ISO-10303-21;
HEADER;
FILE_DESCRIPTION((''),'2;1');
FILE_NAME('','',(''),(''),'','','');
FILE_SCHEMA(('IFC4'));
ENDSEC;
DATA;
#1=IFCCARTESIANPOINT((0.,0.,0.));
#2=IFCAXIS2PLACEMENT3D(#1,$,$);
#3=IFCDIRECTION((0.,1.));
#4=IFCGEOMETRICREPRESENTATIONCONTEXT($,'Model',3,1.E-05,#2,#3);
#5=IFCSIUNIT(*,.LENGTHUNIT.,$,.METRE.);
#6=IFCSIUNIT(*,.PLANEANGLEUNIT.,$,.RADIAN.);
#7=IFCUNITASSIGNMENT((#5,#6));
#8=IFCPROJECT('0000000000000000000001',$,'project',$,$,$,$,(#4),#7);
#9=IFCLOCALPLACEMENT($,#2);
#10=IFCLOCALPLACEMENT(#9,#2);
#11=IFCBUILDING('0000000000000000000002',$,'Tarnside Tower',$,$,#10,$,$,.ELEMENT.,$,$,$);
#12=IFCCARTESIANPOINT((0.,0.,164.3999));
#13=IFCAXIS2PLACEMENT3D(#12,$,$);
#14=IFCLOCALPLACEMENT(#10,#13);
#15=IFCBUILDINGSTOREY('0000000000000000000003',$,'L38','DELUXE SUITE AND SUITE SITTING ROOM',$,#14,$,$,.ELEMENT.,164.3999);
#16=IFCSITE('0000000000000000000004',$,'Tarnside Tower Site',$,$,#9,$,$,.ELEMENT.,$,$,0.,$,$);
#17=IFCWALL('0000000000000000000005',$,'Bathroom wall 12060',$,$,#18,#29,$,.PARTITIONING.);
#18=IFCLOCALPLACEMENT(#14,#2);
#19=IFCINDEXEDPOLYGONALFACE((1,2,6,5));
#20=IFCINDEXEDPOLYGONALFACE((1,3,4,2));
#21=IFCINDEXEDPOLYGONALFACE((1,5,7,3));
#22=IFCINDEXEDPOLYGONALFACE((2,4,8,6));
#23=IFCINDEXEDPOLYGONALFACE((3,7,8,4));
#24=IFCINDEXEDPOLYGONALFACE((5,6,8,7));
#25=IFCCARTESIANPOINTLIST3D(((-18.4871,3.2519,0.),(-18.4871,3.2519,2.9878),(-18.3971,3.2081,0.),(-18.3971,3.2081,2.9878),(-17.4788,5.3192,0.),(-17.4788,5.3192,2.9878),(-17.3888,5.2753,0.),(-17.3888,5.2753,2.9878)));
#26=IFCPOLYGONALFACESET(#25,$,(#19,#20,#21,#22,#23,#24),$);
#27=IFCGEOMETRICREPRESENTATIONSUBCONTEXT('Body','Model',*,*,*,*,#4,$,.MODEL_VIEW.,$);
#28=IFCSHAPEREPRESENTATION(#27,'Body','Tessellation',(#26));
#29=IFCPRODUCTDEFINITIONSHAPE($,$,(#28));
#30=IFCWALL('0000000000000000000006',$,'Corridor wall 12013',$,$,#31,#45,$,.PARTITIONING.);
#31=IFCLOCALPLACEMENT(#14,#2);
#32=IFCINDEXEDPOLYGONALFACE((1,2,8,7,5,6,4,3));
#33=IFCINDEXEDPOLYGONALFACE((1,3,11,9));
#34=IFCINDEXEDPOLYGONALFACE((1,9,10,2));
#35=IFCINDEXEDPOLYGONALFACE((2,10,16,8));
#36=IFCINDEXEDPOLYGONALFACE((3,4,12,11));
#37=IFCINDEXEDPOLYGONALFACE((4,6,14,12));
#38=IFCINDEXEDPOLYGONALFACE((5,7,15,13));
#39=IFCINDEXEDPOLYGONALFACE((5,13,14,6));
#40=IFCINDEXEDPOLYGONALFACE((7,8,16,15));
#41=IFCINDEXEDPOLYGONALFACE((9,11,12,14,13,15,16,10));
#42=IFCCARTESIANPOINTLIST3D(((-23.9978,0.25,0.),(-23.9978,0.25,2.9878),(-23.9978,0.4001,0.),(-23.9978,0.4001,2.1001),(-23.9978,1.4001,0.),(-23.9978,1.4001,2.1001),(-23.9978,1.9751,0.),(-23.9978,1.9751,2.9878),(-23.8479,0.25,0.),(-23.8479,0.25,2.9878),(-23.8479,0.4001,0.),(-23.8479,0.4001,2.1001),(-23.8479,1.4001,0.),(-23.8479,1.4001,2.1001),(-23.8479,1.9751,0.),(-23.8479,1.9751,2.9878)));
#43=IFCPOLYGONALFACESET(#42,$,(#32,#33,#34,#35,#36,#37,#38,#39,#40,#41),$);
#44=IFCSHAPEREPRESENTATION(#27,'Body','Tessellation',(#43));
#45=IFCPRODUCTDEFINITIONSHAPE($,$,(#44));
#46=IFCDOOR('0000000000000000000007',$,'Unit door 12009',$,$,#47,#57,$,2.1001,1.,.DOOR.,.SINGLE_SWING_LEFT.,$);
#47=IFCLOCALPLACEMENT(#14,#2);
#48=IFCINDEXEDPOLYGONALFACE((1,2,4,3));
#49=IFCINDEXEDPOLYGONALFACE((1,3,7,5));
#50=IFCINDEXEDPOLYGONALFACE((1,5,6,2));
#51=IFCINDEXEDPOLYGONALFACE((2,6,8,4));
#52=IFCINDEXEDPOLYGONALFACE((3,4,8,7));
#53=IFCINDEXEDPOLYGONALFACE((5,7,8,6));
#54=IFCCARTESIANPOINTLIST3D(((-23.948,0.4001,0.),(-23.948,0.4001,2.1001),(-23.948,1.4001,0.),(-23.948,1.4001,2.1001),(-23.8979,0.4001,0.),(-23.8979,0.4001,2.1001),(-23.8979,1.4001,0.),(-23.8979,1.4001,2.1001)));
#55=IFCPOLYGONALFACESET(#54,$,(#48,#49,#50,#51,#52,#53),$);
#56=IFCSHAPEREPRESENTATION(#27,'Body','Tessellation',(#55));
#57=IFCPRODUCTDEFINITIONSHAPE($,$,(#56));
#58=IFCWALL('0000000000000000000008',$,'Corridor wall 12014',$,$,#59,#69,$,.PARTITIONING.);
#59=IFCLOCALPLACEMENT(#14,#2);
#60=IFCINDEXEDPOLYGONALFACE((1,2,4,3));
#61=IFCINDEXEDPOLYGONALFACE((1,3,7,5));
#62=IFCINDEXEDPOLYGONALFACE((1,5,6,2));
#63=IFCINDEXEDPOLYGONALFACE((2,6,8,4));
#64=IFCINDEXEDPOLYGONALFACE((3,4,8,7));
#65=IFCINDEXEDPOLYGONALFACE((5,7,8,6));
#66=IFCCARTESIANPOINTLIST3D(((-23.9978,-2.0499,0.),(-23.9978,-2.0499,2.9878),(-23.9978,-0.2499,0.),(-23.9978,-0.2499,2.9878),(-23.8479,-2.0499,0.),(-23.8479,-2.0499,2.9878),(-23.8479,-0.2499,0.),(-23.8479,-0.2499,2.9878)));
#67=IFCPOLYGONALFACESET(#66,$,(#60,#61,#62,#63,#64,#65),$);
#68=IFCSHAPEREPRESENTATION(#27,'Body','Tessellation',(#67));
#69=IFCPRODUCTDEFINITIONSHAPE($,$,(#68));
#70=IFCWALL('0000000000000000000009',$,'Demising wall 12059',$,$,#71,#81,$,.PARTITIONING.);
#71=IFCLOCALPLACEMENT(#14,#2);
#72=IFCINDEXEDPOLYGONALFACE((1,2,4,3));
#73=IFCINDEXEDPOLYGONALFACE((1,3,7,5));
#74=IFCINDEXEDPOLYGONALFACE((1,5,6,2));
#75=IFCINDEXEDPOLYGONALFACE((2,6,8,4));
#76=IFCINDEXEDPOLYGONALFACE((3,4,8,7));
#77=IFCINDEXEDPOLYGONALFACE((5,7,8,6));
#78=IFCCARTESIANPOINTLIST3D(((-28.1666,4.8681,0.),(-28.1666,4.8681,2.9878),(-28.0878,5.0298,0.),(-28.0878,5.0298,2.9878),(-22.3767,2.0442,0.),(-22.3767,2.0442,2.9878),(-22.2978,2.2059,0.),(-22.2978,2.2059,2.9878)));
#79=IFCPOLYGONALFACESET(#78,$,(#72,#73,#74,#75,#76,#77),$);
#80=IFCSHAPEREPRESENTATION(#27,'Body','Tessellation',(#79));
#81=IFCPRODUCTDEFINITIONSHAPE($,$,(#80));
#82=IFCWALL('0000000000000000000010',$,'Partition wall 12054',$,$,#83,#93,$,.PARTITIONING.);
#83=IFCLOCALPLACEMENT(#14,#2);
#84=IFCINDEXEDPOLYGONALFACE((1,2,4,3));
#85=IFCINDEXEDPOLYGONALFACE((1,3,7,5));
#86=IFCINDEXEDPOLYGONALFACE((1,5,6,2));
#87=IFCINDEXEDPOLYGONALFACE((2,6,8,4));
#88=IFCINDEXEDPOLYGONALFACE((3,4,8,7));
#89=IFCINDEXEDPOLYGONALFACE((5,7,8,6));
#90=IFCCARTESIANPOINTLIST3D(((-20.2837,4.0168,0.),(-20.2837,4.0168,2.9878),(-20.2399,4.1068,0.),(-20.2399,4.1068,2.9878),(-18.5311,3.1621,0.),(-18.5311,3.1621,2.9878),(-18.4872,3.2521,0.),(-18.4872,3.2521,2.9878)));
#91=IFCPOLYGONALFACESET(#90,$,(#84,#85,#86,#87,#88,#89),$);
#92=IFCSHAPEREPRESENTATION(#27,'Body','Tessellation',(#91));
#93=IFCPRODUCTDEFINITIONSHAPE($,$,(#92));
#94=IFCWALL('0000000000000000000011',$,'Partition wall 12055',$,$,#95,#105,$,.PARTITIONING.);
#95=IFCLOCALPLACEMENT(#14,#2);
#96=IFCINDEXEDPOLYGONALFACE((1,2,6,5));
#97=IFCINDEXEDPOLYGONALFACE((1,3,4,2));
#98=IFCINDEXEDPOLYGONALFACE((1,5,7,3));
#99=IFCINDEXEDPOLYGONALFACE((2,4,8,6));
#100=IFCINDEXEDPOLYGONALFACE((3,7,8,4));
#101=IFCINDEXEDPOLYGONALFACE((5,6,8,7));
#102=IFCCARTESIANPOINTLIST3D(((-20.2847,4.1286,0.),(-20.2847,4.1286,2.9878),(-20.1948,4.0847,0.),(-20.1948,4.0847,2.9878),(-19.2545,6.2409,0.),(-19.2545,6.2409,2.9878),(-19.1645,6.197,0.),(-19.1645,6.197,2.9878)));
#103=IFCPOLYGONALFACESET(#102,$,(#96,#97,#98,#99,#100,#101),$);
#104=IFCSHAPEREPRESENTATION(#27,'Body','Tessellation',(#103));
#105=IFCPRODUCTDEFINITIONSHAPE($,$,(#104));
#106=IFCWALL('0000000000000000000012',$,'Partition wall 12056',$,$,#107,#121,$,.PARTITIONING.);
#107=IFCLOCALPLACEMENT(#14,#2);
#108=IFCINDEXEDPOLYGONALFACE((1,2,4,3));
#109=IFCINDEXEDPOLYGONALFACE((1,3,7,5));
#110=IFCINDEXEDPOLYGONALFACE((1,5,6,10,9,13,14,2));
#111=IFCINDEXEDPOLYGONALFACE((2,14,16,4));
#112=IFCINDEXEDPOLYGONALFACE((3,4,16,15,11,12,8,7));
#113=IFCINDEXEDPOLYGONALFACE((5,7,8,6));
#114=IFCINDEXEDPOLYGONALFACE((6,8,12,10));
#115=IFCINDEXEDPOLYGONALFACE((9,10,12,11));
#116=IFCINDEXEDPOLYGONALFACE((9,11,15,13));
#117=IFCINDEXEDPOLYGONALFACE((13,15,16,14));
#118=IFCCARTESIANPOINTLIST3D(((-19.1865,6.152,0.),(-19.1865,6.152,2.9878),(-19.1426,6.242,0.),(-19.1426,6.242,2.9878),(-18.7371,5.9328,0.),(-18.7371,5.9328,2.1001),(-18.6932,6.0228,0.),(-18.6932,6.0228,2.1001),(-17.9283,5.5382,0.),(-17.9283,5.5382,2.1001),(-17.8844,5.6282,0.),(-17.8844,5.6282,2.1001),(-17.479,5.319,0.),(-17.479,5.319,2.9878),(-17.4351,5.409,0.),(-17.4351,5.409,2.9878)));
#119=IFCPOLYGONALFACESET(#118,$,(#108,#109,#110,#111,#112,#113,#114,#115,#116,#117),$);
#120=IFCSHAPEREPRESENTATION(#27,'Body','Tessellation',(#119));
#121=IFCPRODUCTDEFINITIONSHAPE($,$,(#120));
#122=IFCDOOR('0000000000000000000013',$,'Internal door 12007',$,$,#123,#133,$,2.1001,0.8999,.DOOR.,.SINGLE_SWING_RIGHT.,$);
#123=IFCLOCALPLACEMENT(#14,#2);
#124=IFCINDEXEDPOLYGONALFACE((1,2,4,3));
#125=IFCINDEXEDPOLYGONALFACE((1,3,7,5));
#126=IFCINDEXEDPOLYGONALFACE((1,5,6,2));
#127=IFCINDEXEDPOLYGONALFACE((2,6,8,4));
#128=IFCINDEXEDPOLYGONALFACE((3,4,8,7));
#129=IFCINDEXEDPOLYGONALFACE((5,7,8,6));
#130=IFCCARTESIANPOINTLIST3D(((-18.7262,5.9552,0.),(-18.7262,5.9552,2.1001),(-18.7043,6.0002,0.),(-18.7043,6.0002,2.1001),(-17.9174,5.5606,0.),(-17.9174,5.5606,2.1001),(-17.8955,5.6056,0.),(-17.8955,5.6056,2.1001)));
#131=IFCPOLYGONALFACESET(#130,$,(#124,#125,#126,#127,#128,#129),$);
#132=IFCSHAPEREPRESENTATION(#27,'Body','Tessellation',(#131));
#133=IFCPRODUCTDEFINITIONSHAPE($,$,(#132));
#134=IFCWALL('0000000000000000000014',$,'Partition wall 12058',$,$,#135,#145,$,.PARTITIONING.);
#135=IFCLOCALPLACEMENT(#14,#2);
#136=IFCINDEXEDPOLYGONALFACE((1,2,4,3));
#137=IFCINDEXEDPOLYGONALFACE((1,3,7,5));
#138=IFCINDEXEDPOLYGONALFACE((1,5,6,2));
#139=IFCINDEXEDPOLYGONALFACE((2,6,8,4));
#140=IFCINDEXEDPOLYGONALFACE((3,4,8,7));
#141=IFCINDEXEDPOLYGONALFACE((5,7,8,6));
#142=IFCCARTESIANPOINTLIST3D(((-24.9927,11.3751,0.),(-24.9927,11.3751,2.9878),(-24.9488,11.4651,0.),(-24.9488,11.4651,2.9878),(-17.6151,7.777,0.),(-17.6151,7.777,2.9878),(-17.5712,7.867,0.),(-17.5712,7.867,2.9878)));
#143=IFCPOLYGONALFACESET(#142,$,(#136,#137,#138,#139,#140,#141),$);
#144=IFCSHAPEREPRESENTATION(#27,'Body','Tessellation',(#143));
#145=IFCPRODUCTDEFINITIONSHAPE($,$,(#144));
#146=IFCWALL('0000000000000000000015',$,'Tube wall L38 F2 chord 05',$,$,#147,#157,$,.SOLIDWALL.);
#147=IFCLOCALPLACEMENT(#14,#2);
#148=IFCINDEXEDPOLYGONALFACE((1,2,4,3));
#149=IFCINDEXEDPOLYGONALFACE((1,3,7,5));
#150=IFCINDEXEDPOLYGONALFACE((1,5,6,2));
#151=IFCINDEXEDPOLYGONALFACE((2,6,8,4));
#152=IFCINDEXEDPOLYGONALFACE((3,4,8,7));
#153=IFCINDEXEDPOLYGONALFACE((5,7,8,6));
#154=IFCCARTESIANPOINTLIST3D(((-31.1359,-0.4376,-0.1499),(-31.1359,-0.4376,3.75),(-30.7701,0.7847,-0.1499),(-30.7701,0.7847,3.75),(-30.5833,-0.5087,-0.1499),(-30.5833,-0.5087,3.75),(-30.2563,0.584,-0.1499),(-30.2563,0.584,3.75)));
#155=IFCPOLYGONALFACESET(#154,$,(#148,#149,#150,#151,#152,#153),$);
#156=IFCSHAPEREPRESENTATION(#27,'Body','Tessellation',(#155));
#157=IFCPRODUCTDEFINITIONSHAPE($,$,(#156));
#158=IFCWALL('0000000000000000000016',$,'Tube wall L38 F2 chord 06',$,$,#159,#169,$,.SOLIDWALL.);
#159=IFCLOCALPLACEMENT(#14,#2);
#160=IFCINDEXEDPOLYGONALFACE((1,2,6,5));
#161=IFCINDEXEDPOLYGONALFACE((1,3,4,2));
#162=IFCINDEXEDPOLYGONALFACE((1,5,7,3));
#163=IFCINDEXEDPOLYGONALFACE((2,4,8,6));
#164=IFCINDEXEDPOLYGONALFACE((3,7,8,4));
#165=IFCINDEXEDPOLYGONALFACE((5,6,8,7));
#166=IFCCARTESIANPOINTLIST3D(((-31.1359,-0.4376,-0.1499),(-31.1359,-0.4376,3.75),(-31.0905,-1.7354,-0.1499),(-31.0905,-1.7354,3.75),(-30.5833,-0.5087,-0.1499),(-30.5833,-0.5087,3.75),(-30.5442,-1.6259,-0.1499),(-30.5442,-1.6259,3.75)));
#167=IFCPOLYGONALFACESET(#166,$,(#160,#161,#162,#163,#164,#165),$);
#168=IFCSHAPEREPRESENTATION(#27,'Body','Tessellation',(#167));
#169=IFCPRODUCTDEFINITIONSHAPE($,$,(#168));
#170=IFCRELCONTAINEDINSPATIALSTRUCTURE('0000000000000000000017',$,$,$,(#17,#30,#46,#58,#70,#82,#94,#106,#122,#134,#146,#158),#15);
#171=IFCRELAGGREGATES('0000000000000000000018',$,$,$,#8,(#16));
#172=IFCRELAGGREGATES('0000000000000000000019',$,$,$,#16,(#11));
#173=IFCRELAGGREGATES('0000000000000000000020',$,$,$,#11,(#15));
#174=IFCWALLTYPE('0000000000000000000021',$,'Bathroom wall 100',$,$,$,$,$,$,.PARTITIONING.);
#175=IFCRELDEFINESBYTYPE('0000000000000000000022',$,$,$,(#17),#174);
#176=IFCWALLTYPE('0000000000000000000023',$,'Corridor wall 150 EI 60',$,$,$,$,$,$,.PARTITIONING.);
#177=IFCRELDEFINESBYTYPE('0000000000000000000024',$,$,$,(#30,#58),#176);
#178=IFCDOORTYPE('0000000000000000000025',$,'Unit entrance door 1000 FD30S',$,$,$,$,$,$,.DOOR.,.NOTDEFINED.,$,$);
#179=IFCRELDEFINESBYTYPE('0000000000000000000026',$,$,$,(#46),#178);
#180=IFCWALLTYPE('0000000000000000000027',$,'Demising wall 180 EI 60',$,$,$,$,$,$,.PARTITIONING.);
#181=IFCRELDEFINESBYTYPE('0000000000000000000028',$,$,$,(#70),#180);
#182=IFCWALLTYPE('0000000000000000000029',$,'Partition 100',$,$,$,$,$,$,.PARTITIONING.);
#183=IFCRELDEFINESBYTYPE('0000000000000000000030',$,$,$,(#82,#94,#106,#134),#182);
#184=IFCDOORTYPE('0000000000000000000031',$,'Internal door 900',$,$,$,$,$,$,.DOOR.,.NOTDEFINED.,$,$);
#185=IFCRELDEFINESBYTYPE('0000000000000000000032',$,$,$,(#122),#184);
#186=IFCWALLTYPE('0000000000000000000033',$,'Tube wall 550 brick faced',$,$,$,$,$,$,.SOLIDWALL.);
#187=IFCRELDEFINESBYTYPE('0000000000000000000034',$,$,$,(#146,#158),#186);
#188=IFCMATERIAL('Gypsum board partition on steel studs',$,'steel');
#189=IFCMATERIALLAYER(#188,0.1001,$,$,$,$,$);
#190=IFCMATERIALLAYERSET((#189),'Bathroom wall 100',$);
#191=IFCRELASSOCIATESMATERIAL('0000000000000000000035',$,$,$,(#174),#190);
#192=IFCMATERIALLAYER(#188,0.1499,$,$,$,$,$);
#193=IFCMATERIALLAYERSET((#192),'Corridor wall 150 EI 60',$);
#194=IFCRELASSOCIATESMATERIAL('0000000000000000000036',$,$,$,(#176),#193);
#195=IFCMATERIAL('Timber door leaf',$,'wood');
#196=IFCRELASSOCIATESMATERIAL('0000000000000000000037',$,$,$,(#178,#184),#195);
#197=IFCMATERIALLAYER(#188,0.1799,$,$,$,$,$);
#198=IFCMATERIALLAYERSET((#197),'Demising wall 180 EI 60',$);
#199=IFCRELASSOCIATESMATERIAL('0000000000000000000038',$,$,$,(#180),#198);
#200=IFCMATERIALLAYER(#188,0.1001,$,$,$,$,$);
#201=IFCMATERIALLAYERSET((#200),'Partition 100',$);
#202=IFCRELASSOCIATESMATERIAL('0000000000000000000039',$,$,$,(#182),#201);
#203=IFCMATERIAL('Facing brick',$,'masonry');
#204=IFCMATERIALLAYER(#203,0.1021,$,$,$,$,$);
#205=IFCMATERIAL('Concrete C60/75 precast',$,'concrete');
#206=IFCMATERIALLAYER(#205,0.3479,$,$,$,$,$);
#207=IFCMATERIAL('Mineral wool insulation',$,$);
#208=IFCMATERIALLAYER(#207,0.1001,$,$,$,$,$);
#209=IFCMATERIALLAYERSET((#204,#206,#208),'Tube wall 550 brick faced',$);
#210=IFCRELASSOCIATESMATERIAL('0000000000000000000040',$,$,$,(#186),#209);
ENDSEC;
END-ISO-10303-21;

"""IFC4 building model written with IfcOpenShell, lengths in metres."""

from ifc_helpers import new_model, si_unit, direction, frame, frame_2d, origin, place, context, subcontext, project, spatial, polyline, rectangle, outline, extrude, material, layer, layer_set, type_object, element, fill, save


model = new_model("IFC4")

# Units and contexts
model_context = context("Model", 3, precision=1e-05, world=origin(), true_north=direction((0.0, 1.0)))
body_context = subcontext(model_context, "Body", "Model", "MODEL_VIEW")
ifc_project = project(units=[si_unit("LENGTHUNIT", "METRE"), si_unit("PLANEANGLEUNIT", "RADIAN")], contexts=[model_context])

# Site, building, storey
site_placement = place(None, origin())
site = spatial("IfcSite", under=ifc_project, at=site_placement, Name="Tarnside Tower Site", CompositionType="ELEMENT", RefElevation=0.0)
building_placement = place(site_placement, origin())
building = spatial("IfcBuilding", under=site, at=building_placement, Name="Tarnside Tower", CompositionType="ELEMENT")
storey_placement = place(building_placement, frame((0.0, 0.0, 164.3999)))
storey = spatial("IfcBuildingStorey", under=building, at=storey_placement, Name="L38", Description="DELUXE SUITE AND SUITE SITTING ROOM", CompositionType="ELEMENT", Elevation=164.3999)

# Shared definitions
ifc_material_1 = material(Name="Gypsum board partition on steel studs", Category="steel")
ifc_layer_1 = layer(ifc_material_1, 0.1001)
ifc_layer_set_1 = layer_set([ifc_layer_1], Name="Bathroom wall 100")
wall_type_1 = type_object("IfcWallType", Name="Bathroom wall 100", PredefinedType="PARTITIONING", material=ifc_layer_set_1)

# Shared definitions
ifc_material_2 = material(Name="Timber door leaf", Category="wood")

# Wall
wall_1_placement = place(storey_placement, frame((-17.4338, 5.2971, 0.0), z_axis=(0.0, 0.0, 1.0), x_axis=(-0.438403, -0.898779, 0.0)))
element("IfcWall", 1, at=wall_1_placement, inside=storey, type_object=wall_type_1, Name="Bathroom wall 12060", PredefinedType="PARTITIONING", context=body_context, shape_type="SweptSolid", body=[
    extrude(rectangle(XDim=2.3, YDim=0.1001, at=frame_2d((1.1499, 0.0))), origin(), (0.0, 0.0, 1.0), 2.9878),
])

# Wall, opening, door
ifc_layer_2 = layer(ifc_material_1, 0.1499)
ifc_layer_set_2 = layer_set([ifc_layer_2], Name="Corridor wall 150 EI 60")
wall_type_2 = type_object("IfcWallType", Name="Corridor wall 150 EI 60", PredefinedType="PARTITIONING", material=ifc_layer_set_2)
wall_2_placement = place(storey_placement, frame((-23.9229, 1.9751, 0.0), z_axis=(0.0, 0.0, 1.0), x_axis=(0.0, -1.0, 0.0)))
wall_2 = element("IfcWall", 2, at=wall_2_placement, inside=storey, type_object=wall_type_2, Name="Corridor wall 12013", PredefinedType="PARTITIONING", context=body_context, shape_type="SweptSolid", body=[
    extrude(rectangle(XDim=1.7251, YDim=0.1499, at=frame_2d((0.8625, 0.0))), origin(), (0.0, 0.0, 1.0), 2.9878),
])
opening_1_placement = place(wall_2_placement, frame((0.575, 0.0, 0.0)))
opening_1 = element("IfcOpeningElement", 3, at=opening_1_placement, cuts=wall_2, PredefinedType="OPENING", context=body_context, shape_type="SweptSolid", body=[
    extrude(rectangle(XDim=1.0, YDim=2.1001, at=frame_2d((0.5, 1.05))), frame((0.0, 0.085, 0.0), z_axis=(0.0, -1.0, 0.0), x_axis=(1.0, 0.0, 0.0)), (0.0, 0.0, 1.0), 0.1699),
])
door_type_1 = type_object("IfcDoorType", Name="Unit entrance door 1000 FD30S", OperationType="NOTDEFINED", PredefinedType="DOOR", material=ifc_material_2)
door_1_placement = place(opening_1_placement, origin())
door_1 = element("IfcDoor", 4, at=door_1_placement, inside=storey, type_object=door_type_1, Name="Unit door 12009", OperationType="SINGLE_SWING_LEFT", OverallHeight=2.1001, OverallWidth=1.0, PredefinedType="DOOR", context=body_context, shape_type="SweptSolid", body=[
    extrude(rectangle(XDim=1.0, YDim=2.1001, at=frame_2d((0.5, 1.05))), frame((0.0, 0.0249, 0.0), z_axis=(0.0, -1.0, 0.0), x_axis=(1.0, 0.0, 0.0)), (0.0, 0.0, 1.0), 0.05),
])
fill(opening_1, door_1)

# Walls
wall_3_placement = place(storey_placement, frame((-23.9229, -0.25, 0.0), z_axis=(0.0, 0.0, 1.0), x_axis=(0.0, -1.0, 0.0)))
element("IfcWall", 5, at=wall_3_placement, inside=storey, type_object=wall_type_2, Name="Corridor wall 12014", PredefinedType="PARTITIONING", context=body_context, shape_type="SweptSolid", body=[
    extrude(rectangle(XDim=1.8, YDim=0.1499, at=frame_2d((0.8999, 0.0))), origin(), (0.0, 0.0, 1.0), 2.9878),
])
ifc_layer_3 = layer(ifc_material_1, 0.1799)
ifc_layer_set_3 = layer_set([ifc_layer_3], Name="Demising wall 180 EI 60")
wall_type_3 = type_object("IfcWallType", Name="Demising wall 180 EI 60", PredefinedType="PARTITIONING", material=ifc_layer_set_3)
wall_4_placement = place(storey_placement, frame((-28.1272, 4.949, 0.0), z_axis=(0.0, 0.0, 1.0), x_axis=(0.898795, -0.438369, 0.0)))
element("IfcWall", 6, at=wall_4_placement, inside=storey, type_object=wall_type_3, Name="Demising wall 12059", PredefinedType="PARTITIONING", context=body_context, shape_type="SweptSolid", body=[
    extrude(rectangle(XDim=6.4419, YDim=0.1799, at=frame_2d((3.2209, 0.0))), origin(), (0.0, 0.0, 1.0), 2.9878),
])
ifc_layer_4 = layer(ifc_material_1, 0.1001)
ifc_layer_set_4 = layer_set([ifc_layer_4], Name="Partition 100")
wall_type_4 = type_object("IfcWallType", Name="Partition 100", PredefinedType="PARTITIONING", material=ifc_layer_set_4)
wall_5_placement = place(storey_placement, frame((-18.509, 3.207, 0.0), z_axis=(0.0, 0.0, 1.0), x_axis=(-0.898815, 0.438327, 0.0)))
element("IfcWall", 7, at=wall_5_placement, inside=storey, type_object=wall_type_4, Name="Partition wall 12054", PredefinedType="PARTITIONING", context=body_context, shape_type="SweptSolid", body=[
    extrude(rectangle(XDim=1.95, YDim=0.1001, at=frame_2d((0.9751, 0.0))), origin(), (0.0, 0.0, 1.0), 2.9878),
])
wall_6_placement = place(storey_placement, frame((-20.2397, 4.1067, 0.0), z_axis=(0.0, 0.0, 1.0), x_axis=(0.438383, 0.898788, 0.0)))
element("IfcWall", 8, at=wall_6_placement, inside=storey, type_object=wall_type_4, Name="Partition wall 12055", PredefinedType="PARTITIONING", context=body_context, shape_type="SweptSolid", body=[
    extrude(rectangle(XDim=2.3501, YDim=0.1001, at=frame_2d((1.175, 0.0))), origin(), (0.0, 0.0, 1.0), 2.9878),
])

# Wall, opening, door
wall_7_placement = place(storey_placement, frame((-19.1646, 6.197, 0.0), z_axis=(0.0, 0.0, 1.0), x_axis=(0.898754, -0.438454, 0.0)))
wall_7 = element("IfcWall", 9, at=wall_7_placement, inside=storey, type_object=wall_type_4, Name="Partition wall 12056", PredefinedType="PARTITIONING", context=body_context, shape_type="SweptSolid", body=[
    extrude(rectangle(XDim=1.8999, YDim=0.1001, at=frame_2d((0.95, 0.0))), origin(), (0.0, 0.0, 1.0), 2.9878),
])
opening_2_placement = place(wall_7_placement, frame((0.5, 0.0, 0.0)))
opening_2 = element("IfcOpeningElement", 10, at=opening_2_placement, cuts=wall_7, PredefinedType="OPENING", context=body_context, shape_type="SweptSolid", body=[
    extrude(rectangle(XDim=0.8999, YDim=2.1001, at=frame_2d((0.45, 1.05))), frame((0.0, 0.0601, 0.0), z_axis=(0.0, -1.0, 0.0), x_axis=(1.0, 0.0, 0.0)), (0.0, 0.0, 1.0), 0.1201),
])
door_type_2 = type_object("IfcDoorType", Name="Internal door 900", OperationType="NOTDEFINED", PredefinedType="DOOR", material=ifc_material_2)
door_2_placement = place(opening_2_placement, origin())
door_2 = element("IfcDoor", 11, at=door_2_placement, inside=storey, type_object=door_type_2, Name="Internal door 12007", OperationType="SINGLE_SWING_RIGHT", OverallHeight=2.1001, OverallWidth=0.8999, PredefinedType="DOOR", context=body_context, shape_type="SweptSolid", body=[
    extrude(rectangle(XDim=0.8999, YDim=2.1001, at=frame_2d((0.45, 1.05))), frame((0.0, 0.0249, 0.0), z_axis=(0.0, -1.0, 0.0), x_axis=(1.0, 0.0, 0.0)), (0.0, 0.0, 1.0), 0.05),
])
fill(opening_2, door_2)

# Walls
wall_8_placement = place(storey_placement, frame((-17.5933, 7.822, 0.0), z_axis=(0.0, 0.0, 1.0), x_axis=(-0.898803, 0.438352, 0.0)))
element("IfcWall", 12, at=wall_8_placement, inside=storey, type_object=wall_type_4, Name="Partition wall 12058", PredefinedType="PARTITIONING", context=body_context, shape_type="SweptSolid", body=[
    extrude(rectangle(XDim=8.2083, YDim=0.1001, at=frame_2d((4.104, 0.0))), origin(), (0.0, 0.0, 1.0), 2.9878),
])
ifc_material_3 = material(Name="Facing brick", Category="masonry")
ifc_layer_5 = layer(ifc_material_3, 0.1021)
ifc_material_4 = material(Name="Concrete C60/75 precast", Category="concrete")
ifc_layer_6 = layer(ifc_material_4, 0.3479)
ifc_material_5 = material(Name="Mineral wool insulation")
ifc_layer_7 = layer(ifc_material_5, 0.1001)
ifc_layer_set_5 = layer_set([ifc_layer_5, ifc_layer_6, ifc_layer_7], Name="Tube wall 550 brick faced")
wall_type_5 = type_object("IfcWallType", Name="Tube wall 550 brick faced", PredefinedType="SOLIDWALL", material=ifc_layer_set_5)
wall_9_placement = place(storey_placement, frame((-30.5132, 0.6843, -0.1499), z_axis=(0.0, 0.0, 1.0), x_axis=(-0.286736, -0.95801, 0.0)))
element("IfcWall", 13, at=wall_9_placement, inside=storey, type_object=wall_type_5, Name="Tube wall L38 F2 chord 05", PredefinedType="SOLIDWALL", context=body_context, shape_type="SweptSolid", body=[
    extrude(outline(polyline([(-0.0225, -0.2749), (1.2534, -0.2749), (1.1631, 0.2749), (0.0225, 0.2749), (-0.0225, -0.2749)])), origin(), (0.0, 0.0, 1.0), 3.8999),
])
wall_10_placement = place(storey_placement, frame((-30.8596, -0.4731, -0.1499), z_axis=(0.0, 0.0, 1.0), x_axis=(0.034956, -0.999389, 0.0)))
element("IfcWall", 14, at=wall_10_placement, inside=storey, type_object=wall_type_5, Name="Tube wall L38 F2 chord 06", PredefinedType="SOLIDWALL", context=body_context, shape_type="SweptSolid", body=[
    extrude(outline(polyline([(-0.0452, -0.2749), (1.2534, -0.2749), (1.1631, 0.2749), (0.0452, 0.2749), (-0.0452, -0.2749)])), origin(), (0.0, 0.0, 1.0), 3.8999),
])

save(model, "model.ifc")
